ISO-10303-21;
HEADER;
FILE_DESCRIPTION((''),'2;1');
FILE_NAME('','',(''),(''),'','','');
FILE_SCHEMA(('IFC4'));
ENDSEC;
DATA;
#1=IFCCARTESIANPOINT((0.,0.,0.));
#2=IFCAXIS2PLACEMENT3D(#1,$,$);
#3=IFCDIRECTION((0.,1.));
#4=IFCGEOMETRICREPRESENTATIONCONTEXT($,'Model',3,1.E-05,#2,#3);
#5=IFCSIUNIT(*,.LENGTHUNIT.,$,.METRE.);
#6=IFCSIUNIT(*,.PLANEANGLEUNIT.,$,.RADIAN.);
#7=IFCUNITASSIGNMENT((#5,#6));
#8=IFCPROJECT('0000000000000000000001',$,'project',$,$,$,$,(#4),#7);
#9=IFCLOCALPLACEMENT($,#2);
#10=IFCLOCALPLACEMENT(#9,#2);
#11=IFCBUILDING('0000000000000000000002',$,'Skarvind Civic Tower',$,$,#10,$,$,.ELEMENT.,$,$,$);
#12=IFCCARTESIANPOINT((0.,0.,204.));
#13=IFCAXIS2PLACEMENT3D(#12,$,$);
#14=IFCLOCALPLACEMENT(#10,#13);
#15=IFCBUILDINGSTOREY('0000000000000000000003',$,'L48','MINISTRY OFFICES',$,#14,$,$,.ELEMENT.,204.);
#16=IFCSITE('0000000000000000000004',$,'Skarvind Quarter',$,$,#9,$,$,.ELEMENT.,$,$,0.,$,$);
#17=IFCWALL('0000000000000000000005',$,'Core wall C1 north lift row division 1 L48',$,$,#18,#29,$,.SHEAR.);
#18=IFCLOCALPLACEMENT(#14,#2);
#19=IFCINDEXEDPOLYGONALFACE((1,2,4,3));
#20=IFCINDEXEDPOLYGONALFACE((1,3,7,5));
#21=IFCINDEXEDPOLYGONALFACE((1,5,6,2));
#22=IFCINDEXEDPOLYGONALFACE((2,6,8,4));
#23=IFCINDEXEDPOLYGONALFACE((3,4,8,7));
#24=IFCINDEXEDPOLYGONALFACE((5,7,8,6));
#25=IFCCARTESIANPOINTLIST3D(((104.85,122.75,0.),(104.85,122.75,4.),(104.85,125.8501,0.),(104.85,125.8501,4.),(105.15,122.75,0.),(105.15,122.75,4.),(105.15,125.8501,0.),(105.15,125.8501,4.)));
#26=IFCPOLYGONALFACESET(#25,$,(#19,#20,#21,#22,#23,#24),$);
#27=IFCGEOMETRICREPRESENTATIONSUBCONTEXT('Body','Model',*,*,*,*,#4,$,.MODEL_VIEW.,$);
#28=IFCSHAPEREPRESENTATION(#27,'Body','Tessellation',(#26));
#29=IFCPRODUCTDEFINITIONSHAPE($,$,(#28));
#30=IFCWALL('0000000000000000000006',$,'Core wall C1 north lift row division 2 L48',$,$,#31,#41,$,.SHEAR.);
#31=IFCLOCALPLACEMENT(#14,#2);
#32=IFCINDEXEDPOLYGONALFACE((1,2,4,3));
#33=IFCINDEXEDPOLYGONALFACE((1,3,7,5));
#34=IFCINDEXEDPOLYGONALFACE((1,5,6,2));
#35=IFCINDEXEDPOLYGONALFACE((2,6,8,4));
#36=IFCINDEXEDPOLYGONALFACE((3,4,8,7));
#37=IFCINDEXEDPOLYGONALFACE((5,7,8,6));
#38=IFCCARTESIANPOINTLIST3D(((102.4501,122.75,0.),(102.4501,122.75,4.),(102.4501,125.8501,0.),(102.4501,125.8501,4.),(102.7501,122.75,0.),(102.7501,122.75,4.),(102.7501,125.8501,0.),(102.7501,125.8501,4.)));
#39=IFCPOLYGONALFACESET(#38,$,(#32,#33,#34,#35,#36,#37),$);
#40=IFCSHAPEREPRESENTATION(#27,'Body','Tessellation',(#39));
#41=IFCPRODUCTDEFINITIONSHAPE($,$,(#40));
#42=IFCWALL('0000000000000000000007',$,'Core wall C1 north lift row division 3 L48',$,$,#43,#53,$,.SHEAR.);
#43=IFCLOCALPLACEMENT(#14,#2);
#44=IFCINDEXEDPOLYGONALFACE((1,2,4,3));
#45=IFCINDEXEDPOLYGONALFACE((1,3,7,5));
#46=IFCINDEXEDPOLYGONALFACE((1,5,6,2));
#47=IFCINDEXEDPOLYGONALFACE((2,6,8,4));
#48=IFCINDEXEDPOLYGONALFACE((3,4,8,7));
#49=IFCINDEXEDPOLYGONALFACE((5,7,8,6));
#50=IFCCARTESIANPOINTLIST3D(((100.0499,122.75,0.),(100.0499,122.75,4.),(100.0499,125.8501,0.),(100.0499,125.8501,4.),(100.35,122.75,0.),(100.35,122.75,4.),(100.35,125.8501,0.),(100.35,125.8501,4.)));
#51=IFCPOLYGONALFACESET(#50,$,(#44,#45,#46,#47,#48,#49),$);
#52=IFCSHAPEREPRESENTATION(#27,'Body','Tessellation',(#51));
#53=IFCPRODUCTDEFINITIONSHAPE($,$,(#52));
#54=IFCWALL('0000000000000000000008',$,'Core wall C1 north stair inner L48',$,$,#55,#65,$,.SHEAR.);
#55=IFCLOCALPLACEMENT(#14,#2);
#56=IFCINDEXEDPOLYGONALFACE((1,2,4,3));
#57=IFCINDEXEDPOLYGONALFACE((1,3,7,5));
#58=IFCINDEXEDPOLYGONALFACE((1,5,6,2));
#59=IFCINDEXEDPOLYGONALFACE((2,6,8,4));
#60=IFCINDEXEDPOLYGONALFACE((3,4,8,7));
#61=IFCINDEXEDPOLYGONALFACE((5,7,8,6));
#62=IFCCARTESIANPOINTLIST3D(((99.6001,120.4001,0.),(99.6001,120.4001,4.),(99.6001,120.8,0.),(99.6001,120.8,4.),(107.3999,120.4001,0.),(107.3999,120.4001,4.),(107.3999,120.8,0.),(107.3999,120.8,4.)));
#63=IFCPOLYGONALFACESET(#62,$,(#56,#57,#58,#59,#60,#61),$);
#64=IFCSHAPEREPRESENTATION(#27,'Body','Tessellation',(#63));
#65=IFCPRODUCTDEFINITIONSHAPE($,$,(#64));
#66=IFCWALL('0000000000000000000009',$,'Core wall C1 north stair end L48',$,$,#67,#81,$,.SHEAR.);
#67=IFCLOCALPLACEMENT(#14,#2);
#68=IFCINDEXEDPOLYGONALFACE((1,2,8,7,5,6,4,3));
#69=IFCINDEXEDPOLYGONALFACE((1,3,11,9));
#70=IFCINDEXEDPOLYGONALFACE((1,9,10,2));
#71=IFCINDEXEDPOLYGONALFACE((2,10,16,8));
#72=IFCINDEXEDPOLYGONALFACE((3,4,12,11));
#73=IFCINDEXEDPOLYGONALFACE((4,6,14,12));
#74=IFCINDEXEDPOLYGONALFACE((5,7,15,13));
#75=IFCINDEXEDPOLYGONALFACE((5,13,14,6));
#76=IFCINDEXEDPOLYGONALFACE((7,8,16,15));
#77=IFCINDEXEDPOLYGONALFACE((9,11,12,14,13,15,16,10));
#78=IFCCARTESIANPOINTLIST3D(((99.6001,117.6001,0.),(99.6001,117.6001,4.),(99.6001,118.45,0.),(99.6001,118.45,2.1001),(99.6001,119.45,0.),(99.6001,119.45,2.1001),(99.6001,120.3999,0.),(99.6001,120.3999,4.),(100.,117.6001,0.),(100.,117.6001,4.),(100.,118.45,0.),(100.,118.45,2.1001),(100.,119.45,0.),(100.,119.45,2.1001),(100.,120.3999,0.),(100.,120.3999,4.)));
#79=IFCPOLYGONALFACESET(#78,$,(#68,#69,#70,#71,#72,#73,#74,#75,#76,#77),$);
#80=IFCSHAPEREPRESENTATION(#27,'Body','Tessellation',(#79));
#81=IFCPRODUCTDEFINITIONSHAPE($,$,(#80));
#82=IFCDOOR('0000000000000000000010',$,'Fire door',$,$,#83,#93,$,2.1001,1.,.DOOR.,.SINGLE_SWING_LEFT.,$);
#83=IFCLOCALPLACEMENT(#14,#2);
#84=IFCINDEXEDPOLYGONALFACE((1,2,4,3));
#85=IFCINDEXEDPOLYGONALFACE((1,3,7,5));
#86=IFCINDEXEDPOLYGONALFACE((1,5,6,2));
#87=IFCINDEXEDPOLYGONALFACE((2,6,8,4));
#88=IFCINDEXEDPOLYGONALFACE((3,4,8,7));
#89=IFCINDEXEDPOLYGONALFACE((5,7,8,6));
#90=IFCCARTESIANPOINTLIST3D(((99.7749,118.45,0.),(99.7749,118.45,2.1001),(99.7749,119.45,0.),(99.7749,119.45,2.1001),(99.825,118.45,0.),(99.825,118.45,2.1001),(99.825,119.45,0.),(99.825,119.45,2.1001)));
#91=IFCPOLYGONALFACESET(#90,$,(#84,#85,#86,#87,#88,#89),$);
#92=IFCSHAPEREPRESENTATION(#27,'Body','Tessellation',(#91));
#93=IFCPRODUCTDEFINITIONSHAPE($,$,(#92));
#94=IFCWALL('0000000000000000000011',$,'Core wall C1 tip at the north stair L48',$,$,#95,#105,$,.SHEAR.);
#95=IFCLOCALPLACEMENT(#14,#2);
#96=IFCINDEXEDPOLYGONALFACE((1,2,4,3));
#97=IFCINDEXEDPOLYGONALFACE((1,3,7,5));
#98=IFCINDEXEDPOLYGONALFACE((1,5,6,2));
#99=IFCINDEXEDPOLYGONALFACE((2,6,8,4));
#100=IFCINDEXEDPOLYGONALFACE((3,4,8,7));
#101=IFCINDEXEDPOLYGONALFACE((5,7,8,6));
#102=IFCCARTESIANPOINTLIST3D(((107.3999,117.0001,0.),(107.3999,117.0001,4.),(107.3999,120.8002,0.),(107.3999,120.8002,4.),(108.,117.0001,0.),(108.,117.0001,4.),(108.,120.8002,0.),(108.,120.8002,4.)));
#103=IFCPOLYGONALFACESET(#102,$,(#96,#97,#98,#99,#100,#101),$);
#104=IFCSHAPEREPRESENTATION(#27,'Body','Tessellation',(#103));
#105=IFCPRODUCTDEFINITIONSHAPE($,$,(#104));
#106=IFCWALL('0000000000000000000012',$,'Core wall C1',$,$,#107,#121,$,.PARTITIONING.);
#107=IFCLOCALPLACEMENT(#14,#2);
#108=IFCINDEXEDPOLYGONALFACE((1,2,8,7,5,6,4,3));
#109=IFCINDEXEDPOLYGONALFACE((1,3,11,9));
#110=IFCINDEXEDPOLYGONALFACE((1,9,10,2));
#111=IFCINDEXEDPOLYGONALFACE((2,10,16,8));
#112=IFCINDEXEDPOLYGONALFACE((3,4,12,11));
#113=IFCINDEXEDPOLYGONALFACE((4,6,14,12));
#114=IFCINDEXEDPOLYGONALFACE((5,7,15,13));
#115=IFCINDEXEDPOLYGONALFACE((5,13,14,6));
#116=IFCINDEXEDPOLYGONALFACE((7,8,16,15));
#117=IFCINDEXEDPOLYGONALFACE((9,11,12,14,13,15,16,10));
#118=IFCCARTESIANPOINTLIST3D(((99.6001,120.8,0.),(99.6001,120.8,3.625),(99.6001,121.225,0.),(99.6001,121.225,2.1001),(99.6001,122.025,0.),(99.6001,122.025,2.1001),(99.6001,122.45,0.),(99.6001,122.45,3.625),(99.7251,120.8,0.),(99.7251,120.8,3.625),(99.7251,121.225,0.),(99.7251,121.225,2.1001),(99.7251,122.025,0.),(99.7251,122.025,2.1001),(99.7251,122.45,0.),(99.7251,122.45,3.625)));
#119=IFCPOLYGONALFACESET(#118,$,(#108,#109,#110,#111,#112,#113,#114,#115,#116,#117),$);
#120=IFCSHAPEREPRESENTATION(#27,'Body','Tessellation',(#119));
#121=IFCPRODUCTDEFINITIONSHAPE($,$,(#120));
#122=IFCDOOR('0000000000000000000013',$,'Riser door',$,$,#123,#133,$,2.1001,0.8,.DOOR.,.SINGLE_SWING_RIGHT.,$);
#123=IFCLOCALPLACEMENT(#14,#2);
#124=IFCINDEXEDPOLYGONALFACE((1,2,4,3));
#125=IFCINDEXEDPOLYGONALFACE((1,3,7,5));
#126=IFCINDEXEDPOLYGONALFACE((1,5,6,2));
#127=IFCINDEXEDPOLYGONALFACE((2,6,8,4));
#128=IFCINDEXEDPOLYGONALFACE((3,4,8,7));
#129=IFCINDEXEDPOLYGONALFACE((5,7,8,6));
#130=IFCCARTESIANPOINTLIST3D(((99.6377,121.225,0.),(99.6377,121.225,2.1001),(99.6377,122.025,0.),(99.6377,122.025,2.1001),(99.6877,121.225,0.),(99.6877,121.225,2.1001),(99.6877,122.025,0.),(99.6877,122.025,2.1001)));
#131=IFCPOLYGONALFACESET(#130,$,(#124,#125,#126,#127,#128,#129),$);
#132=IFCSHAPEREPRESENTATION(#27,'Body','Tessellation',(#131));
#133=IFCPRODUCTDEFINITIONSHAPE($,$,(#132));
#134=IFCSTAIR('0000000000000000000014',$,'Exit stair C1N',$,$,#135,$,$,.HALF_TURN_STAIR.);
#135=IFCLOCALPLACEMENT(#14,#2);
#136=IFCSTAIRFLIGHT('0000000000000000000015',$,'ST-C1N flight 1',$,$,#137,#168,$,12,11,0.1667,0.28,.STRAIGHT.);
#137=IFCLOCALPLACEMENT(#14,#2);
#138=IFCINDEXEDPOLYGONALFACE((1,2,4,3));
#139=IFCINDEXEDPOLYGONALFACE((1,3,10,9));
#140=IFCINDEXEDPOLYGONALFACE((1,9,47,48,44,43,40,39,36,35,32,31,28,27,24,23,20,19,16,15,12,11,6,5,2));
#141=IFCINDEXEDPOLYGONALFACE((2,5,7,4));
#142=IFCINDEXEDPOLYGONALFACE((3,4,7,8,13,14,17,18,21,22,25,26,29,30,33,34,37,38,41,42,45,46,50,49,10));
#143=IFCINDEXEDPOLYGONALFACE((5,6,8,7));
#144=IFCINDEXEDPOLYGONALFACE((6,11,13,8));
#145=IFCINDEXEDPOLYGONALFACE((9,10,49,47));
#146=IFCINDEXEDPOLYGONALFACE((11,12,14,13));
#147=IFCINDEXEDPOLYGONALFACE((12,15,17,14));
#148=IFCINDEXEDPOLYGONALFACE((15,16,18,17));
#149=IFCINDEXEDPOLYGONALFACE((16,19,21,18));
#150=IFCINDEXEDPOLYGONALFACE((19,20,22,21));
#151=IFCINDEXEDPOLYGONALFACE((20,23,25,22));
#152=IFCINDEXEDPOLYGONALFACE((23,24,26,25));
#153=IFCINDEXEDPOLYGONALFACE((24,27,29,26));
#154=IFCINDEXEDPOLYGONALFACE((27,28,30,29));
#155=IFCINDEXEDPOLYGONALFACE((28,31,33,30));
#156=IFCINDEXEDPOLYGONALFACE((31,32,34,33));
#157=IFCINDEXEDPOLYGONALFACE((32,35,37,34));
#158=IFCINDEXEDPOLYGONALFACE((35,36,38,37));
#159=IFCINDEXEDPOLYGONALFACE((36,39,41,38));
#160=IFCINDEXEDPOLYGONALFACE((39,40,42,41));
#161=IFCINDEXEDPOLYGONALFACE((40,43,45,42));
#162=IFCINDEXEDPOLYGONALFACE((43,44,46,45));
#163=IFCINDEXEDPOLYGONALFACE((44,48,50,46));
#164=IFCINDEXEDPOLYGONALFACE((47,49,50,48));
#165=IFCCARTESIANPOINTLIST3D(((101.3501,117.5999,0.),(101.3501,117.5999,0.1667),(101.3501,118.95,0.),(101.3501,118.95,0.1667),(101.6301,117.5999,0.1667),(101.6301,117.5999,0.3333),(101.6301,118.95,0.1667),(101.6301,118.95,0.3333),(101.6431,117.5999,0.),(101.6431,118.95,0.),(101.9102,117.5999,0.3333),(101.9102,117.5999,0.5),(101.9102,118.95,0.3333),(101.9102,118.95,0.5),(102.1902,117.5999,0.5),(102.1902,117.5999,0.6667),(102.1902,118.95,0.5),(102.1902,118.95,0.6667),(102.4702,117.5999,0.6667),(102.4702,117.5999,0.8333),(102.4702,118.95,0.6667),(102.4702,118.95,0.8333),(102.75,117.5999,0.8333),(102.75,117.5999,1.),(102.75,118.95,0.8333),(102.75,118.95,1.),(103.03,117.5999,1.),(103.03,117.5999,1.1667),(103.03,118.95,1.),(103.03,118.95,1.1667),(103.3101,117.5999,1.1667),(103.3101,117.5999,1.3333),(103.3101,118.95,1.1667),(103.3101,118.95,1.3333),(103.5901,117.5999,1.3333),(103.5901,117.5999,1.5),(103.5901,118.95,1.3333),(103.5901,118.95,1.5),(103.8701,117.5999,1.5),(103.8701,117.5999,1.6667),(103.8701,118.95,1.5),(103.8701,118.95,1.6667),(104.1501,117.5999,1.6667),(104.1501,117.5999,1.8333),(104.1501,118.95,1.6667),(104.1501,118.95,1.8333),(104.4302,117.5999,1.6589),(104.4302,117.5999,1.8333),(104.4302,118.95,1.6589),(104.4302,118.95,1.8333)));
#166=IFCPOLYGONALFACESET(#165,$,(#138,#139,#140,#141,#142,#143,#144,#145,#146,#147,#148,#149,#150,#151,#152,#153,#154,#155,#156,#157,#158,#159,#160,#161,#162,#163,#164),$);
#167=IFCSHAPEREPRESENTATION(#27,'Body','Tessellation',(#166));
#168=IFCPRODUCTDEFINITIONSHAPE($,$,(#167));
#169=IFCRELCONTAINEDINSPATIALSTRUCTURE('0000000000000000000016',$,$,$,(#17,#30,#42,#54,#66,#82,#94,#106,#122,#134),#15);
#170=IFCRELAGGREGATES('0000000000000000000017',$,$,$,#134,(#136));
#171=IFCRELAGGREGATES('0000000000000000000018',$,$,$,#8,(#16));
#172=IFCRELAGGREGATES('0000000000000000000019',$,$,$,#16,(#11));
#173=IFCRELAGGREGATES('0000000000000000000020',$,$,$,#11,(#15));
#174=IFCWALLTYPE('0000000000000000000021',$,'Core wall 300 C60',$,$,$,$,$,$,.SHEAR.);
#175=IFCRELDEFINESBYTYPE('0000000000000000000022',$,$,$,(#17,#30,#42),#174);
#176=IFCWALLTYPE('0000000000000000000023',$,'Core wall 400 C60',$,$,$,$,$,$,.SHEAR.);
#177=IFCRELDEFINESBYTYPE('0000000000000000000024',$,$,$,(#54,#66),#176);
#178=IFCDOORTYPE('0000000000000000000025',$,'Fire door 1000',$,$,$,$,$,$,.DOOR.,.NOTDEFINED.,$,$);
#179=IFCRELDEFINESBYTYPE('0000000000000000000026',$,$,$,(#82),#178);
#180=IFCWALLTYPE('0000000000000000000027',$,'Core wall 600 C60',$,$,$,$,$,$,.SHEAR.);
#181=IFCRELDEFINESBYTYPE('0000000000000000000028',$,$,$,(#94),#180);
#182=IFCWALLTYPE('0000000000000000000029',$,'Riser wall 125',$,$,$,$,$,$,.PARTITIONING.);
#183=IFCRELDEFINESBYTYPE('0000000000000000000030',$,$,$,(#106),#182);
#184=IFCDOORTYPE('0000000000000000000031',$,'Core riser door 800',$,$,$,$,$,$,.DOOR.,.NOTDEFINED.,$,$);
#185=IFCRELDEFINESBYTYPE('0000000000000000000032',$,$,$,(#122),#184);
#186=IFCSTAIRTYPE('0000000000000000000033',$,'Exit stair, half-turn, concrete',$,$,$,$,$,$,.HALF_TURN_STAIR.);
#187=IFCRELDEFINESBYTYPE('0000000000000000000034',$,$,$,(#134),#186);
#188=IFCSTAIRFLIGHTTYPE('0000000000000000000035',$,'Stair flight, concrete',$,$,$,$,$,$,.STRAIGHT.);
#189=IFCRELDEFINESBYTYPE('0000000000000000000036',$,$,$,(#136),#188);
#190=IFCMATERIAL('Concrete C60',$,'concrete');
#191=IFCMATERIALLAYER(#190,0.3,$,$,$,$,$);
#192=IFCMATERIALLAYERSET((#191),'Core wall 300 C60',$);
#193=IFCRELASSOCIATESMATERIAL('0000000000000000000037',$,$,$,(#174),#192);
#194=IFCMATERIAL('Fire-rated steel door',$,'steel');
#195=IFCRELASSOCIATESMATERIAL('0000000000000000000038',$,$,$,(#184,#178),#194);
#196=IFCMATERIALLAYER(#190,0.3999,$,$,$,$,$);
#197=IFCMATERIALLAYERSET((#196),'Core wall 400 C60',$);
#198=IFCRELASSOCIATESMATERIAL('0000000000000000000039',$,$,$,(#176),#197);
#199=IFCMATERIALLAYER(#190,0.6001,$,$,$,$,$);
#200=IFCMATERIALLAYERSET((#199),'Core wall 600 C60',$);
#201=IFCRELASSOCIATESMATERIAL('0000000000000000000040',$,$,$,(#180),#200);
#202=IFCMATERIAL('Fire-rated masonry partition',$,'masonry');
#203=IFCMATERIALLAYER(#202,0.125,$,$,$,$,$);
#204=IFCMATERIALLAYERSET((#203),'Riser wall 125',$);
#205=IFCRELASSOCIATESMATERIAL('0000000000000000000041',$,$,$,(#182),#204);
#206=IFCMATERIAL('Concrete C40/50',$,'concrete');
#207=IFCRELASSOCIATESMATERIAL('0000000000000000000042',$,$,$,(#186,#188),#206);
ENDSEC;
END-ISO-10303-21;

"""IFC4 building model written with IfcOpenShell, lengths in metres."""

from ifc_helpers import new_model, si_unit, direction, frame, frame_2d, origin, place, context, subcontext, project, spatial, polyline, rectangle, outline, extrude, material, layer, layer_set, type_object, element, fill, aggregate, save


model = new_model("IFC4")

# Units and contexts
model_context = context("Model", 3, precision=1e-05, world=origin(), true_north=direction((0.0, 1.0)))
body_context = subcontext(model_context, "Body", "Model", "MODEL_VIEW")
ifc_project = project(units=[si_unit("LENGTHUNIT", "METRE"), si_unit("PLANEANGLEUNIT", "RADIAN")], contexts=[model_context])

# Site, building, storey
site_placement = place(None, origin())
site = spatial("IfcSite", under=ifc_project, at=site_placement, Name="Skarvind Quarter", CompositionType="ELEMENT", RefElevation=0.0)
building_placement = place(site_placement, origin())
building = spatial("IfcBuilding", under=site, at=building_placement, Name="Skarvind Civic Tower", CompositionType="ELEMENT")
storey_placement = place(building_placement, frame((0.0, 0.0, 204.0)))
storey = spatial("IfcBuildingStorey", under=building, at=storey_placement, Name="L48", Description="MINISTRY OFFICES", CompositionType="ELEMENT", Elevation=204.0)

# Shared definitions
ifc_material_1 = material(Name="Concrete C60", Category="concrete")
ifc_layer_1 = layer(ifc_material_1, 0.3)
ifc_layer_set_1 = layer_set([ifc_layer_1], Name="Core wall 300 C60")
wall_type_1 = type_object("IfcWallType", Name="Core wall 300 C60", PredefinedType="SHEAR", material=ifc_layer_set_1)
ifc_material_2 = material(Name="Fire-rated steel door", Category="steel")
door_type_1 = type_object("IfcDoorType", Name="Core riser door 800", OperationType="NOTDEFINED", PredefinedType="DOOR", material=ifc_material_2)

# Walls
for number, where, z_axis, x_axis, name in (
    (1, (105.0, 125.8501, 0.0), (0.0, 0.0, 1.0), (0.0, -1.0, 0.0), "Core wall C1 north lift row division 1 L48"),
    (2, (102.6001, 125.8501, 0.0), (0.0, 0.0, 1.0), (0.0, -1.0, 0.0), "Core wall C1 north lift row division 2 L48"),
    (3, (100.2, 125.8501, 0.0), (0.0, 0.0, 1.0), (0.0, -1.0, 0.0), "Core wall C1 north lift row division 3 L48"),
):
    element("IfcWall", number, at=place(storey_placement, frame(where, z_axis=z_axis, x_axis=x_axis)), inside=storey, type_object=wall_type_1, Name=name, PredefinedType="SHEAR", context=body_context, shape_type="SweptSolid", body=[
        extrude(rectangle(XDim=3.1001, YDim=0.3, at=frame_2d((1.55, 0.0))), origin(), (0.0, 0.0, 1.0), 4.0),
    ])
ifc_layer_2 = layer(ifc_material_1, 0.3999)
ifc_layer_set_2 = layer_set([ifc_layer_2], Name="Core wall 400 C60")
wall_type_2 = type_object("IfcWallType", Name="Core wall 400 C60", PredefinedType="SHEAR", material=ifc_layer_set_2)
wall_1_placement = place(storey_placement, frame((107.3999, 120.6001, 0.0), z_axis=(0.0, 0.0, 1.0), x_axis=(-1.0, 0.0, 0.0)))
element("IfcWall", 4, at=wall_1_placement, inside=storey, type_object=wall_type_2, Name="Core wall C1 north stair inner L48", PredefinedType="SHEAR", context=body_context, shape_type="SweptSolid", body=[
    extrude(rectangle(XDim=7.7998, YDim=0.3999, at=frame_2d((3.8999, 0.0))), origin(), (0.0, 0.0, 1.0), 4.0),
])

# Wall, opening, door
wall_2_placement = place(storey_placement, frame((99.8, 120.3999, 0.0), z_axis=(0.0, 0.0, 1.0), x_axis=(0.0, -1.0, 0.0)))
wall_2 = element("IfcWall", 5, at=wall_2_placement, inside=storey, type_object=wall_type_2, Name="Core wall C1 north stair end L48", PredefinedType="SHEAR", context=body_context, shape_type="SweptSolid", body=[
    extrude(rectangle(XDim=2.7998, YDim=0.3999, at=frame_2d((1.3999, 0.0))), origin(), (0.0, 0.0, 1.0), 4.0),
])
opening_1_placement = place(wall_2_placement, frame((0.95, 0.0, 0.0)))
opening_1 = element("IfcOpeningElement", 6, at=opening_1_placement, cuts=wall_2, PredefinedType="OPENING", context=body_context, shape_type="SweptSolid", body=[
    extrude(rectangle(XDim=1.0, YDim=2.1001, at=frame_2d((0.5, 1.05))), frame((0.0, 0.21, 0.0), z_axis=(0.0, -1.0, 0.0), x_axis=(1.0, 0.0, 0.0)), (0.0, 0.0, 1.0), 0.4199),
])
door_type_2 = type_object("IfcDoorType", Name="Fire door 1000", OperationType="NOTDEFINED", PredefinedType="DOOR", material=ifc_material_2)
door_1_placement = place(opening_1_placement, origin())
door_1 = element("IfcDoor", 7, at=door_1_placement, inside=storey, type_object=door_type_2, Name="Fire door", OperationType="SINGLE_SWING_LEFT", OverallHeight=2.1001, OverallWidth=1.0, PredefinedType="DOOR", context=body_context, shape_type="SweptSolid", body=[
    extrude(rectangle(XDim=1.0, YDim=2.1001, at=frame_2d((0.5, 1.05))), frame((0.0, 0.0249, 0.0), z_axis=(0.0, -1.0, 0.0), x_axis=(1.0, 0.0, 0.0)), (0.0, 0.0, 1.0), 0.05),
])
fill(opening_1, door_1)

# Wall
ifc_layer_3 = layer(ifc_material_1, 0.6001)
ifc_layer_set_3 = layer_set([ifc_layer_3], Name="Core wall 600 C60")
wall_type_3 = type_object("IfcWallType", Name="Core wall 600 C60", PredefinedType="SHEAR", material=ifc_layer_set_3)
wall_3_placement = place(storey_placement, frame((107.7, 120.8, 0.0), z_axis=(0.0, 0.0, 1.0), x_axis=(0.0, -1.0, 0.0)))
element("IfcWall", 8, at=wall_3_placement, inside=storey, type_object=wall_type_3, Name="Core wall C1 tip at the north stair L48", PredefinedType="SHEAR", context=body_context, shape_type="SweptSolid", body=[
    extrude(rectangle(XDim=3.8, YDim=0.6001, at=frame_2d((1.8999, 0.0))), origin(), (0.0, 0.0, 1.0), 4.0),
])

# Wall, opening, door
ifc_material_3 = material(Name="Fire-rated masonry partition", Category="masonry")
ifc_layer_4 = layer(ifc_material_3, 0.125)
ifc_layer_set_4 = layer_set([ifc_layer_4], Name="Riser wall 125")
wall_type_4 = type_object("IfcWallType", Name="Riser wall 125", PredefinedType="PARTITIONING", material=ifc_layer_set_4)
wall_4_placement = place(storey_placement, frame((99.6626, 120.8, 0.0), z_axis=(0.0, 0.0, 1.0), x_axis=(0.0, 1.0, 0.0)))
wall_4 = element("IfcWall", 9, at=wall_4_placement, inside=storey, type_object=wall_type_4, Name="Core wall C1", PredefinedType="PARTITIONING", context=body_context, shape_type="SweptSolid", body=[
    extrude(rectangle(XDim=1.6499, YDim=0.125, at=frame_2d((0.825, 0.0))), origin(), (0.0, 0.0, 1.0), 3.625),
])
opening_2_placement = place(wall_4_placement, frame((0.425, 0.0, 0.0)))
opening_2 = element("IfcOpeningElement", 10, at=opening_2_placement, cuts=wall_4, PredefinedType="OPENING", context=body_context, shape_type="SweptSolid", body=[
    extrude(rectangle(XDim=0.8, YDim=2.1001, at=frame_2d((0.3999, 1.05))), frame((0.0, 0.0725, 0.0), z_axis=(0.0, -1.0, 0.0), x_axis=(1.0, 0.0, 0.0)), (0.0, 0.0, 1.0), 0.145),
])
door_2_placement = place(opening_2_placement, origin())
door_2 = element("IfcDoor", 11, at=door_2_placement, inside=storey, type_object=door_type_1, Name="Riser door", OperationType="SINGLE_SWING_RIGHT", OverallHeight=2.1001, OverallWidth=0.8, PredefinedType="DOOR", context=body_context, shape_type="SweptSolid", body=[
    extrude(rectangle(XDim=0.8, YDim=2.1001, at=frame_2d((0.3999, 1.05))), frame((0.0, 0.0249, 0.0), z_axis=(0.0, -1.0, 0.0), x_axis=(1.0, 0.0, 0.0)), (0.0, 0.0, 1.0), 0.05),
])
fill(opening_2, door_2)

# Stair, stair flight
ifc_material_4 = material(Name="Concrete C40/50", Category="concrete")
stair_type = type_object("IfcStairType", Name="Exit stair, half-turn, concrete", PredefinedType="HALF_TURN_STAIR", material=ifc_material_4)
stair_placement = place(storey_placement, origin())
stair = element("IfcStair", 12, at=stair_placement, inside=storey, type_object=stair_type, Name="Exit stair C1N", PredefinedType="HALF_TURN_STAIR")
stair_flight_type = type_object("IfcStairFlightType", Name="Stair flight, concrete", PredefinedType="STRAIGHT", material=ifc_material_4)
stair_flight_1_placement = place(storey_placement, frame((101.3501, 118.2749, 0.0), z_axis=(0.0, 0.0, 1.0), x_axis=(1.0, 0.0, 0.0)))
stair_flight_1 = element("IfcStairFlight", 13, at=stair_flight_1_placement, type_object=stair_flight_type, Name="ST-C1N flight 1", NumberOfRisers=12, NumberOfTreads=11, PredefinedType="STRAIGHT", RiserHeight=0.1667, TreadLength=0.28, context=body_context, shape_type="SweptSolid", body=[
    extrude(outline(polyline([(0.0, 0.0), (0.0, 0.1667), (0.28, 0.1667), (0.28, 0.3333), (0.5601, 0.3333), (0.5601, 0.5), (0.8401, 0.5), (0.8401, 0.6667), (1.1201, 0.6667), (1.1201, 0.8333), (1.3999, 0.8333), (1.3999, 1.0), (1.6799, 1.0), (1.6799, 1.1667), (1.96, 1.1667), (1.96, 1.3333), (2.24, 1.3333), (2.24, 1.5), (2.52, 1.5), (2.52, 1.6667), (2.8, 1.6667), (2.8, 1.8333), (3.0801, 1.8333), (3.0801, 2.0), (3.0801, 1.6589), (0.293, 0.0), (0.0, 0.0)])), frame((0.0, 0.675, 0.0), z_axis=(0.0, -1.0, 0.0), x_axis=(1.0, 0.0, 0.0)), (0.0, 0.0, 1.0), 1.3501),
])
aggregate(stair, [stair_flight_1])

save(model, "model.ifc")
